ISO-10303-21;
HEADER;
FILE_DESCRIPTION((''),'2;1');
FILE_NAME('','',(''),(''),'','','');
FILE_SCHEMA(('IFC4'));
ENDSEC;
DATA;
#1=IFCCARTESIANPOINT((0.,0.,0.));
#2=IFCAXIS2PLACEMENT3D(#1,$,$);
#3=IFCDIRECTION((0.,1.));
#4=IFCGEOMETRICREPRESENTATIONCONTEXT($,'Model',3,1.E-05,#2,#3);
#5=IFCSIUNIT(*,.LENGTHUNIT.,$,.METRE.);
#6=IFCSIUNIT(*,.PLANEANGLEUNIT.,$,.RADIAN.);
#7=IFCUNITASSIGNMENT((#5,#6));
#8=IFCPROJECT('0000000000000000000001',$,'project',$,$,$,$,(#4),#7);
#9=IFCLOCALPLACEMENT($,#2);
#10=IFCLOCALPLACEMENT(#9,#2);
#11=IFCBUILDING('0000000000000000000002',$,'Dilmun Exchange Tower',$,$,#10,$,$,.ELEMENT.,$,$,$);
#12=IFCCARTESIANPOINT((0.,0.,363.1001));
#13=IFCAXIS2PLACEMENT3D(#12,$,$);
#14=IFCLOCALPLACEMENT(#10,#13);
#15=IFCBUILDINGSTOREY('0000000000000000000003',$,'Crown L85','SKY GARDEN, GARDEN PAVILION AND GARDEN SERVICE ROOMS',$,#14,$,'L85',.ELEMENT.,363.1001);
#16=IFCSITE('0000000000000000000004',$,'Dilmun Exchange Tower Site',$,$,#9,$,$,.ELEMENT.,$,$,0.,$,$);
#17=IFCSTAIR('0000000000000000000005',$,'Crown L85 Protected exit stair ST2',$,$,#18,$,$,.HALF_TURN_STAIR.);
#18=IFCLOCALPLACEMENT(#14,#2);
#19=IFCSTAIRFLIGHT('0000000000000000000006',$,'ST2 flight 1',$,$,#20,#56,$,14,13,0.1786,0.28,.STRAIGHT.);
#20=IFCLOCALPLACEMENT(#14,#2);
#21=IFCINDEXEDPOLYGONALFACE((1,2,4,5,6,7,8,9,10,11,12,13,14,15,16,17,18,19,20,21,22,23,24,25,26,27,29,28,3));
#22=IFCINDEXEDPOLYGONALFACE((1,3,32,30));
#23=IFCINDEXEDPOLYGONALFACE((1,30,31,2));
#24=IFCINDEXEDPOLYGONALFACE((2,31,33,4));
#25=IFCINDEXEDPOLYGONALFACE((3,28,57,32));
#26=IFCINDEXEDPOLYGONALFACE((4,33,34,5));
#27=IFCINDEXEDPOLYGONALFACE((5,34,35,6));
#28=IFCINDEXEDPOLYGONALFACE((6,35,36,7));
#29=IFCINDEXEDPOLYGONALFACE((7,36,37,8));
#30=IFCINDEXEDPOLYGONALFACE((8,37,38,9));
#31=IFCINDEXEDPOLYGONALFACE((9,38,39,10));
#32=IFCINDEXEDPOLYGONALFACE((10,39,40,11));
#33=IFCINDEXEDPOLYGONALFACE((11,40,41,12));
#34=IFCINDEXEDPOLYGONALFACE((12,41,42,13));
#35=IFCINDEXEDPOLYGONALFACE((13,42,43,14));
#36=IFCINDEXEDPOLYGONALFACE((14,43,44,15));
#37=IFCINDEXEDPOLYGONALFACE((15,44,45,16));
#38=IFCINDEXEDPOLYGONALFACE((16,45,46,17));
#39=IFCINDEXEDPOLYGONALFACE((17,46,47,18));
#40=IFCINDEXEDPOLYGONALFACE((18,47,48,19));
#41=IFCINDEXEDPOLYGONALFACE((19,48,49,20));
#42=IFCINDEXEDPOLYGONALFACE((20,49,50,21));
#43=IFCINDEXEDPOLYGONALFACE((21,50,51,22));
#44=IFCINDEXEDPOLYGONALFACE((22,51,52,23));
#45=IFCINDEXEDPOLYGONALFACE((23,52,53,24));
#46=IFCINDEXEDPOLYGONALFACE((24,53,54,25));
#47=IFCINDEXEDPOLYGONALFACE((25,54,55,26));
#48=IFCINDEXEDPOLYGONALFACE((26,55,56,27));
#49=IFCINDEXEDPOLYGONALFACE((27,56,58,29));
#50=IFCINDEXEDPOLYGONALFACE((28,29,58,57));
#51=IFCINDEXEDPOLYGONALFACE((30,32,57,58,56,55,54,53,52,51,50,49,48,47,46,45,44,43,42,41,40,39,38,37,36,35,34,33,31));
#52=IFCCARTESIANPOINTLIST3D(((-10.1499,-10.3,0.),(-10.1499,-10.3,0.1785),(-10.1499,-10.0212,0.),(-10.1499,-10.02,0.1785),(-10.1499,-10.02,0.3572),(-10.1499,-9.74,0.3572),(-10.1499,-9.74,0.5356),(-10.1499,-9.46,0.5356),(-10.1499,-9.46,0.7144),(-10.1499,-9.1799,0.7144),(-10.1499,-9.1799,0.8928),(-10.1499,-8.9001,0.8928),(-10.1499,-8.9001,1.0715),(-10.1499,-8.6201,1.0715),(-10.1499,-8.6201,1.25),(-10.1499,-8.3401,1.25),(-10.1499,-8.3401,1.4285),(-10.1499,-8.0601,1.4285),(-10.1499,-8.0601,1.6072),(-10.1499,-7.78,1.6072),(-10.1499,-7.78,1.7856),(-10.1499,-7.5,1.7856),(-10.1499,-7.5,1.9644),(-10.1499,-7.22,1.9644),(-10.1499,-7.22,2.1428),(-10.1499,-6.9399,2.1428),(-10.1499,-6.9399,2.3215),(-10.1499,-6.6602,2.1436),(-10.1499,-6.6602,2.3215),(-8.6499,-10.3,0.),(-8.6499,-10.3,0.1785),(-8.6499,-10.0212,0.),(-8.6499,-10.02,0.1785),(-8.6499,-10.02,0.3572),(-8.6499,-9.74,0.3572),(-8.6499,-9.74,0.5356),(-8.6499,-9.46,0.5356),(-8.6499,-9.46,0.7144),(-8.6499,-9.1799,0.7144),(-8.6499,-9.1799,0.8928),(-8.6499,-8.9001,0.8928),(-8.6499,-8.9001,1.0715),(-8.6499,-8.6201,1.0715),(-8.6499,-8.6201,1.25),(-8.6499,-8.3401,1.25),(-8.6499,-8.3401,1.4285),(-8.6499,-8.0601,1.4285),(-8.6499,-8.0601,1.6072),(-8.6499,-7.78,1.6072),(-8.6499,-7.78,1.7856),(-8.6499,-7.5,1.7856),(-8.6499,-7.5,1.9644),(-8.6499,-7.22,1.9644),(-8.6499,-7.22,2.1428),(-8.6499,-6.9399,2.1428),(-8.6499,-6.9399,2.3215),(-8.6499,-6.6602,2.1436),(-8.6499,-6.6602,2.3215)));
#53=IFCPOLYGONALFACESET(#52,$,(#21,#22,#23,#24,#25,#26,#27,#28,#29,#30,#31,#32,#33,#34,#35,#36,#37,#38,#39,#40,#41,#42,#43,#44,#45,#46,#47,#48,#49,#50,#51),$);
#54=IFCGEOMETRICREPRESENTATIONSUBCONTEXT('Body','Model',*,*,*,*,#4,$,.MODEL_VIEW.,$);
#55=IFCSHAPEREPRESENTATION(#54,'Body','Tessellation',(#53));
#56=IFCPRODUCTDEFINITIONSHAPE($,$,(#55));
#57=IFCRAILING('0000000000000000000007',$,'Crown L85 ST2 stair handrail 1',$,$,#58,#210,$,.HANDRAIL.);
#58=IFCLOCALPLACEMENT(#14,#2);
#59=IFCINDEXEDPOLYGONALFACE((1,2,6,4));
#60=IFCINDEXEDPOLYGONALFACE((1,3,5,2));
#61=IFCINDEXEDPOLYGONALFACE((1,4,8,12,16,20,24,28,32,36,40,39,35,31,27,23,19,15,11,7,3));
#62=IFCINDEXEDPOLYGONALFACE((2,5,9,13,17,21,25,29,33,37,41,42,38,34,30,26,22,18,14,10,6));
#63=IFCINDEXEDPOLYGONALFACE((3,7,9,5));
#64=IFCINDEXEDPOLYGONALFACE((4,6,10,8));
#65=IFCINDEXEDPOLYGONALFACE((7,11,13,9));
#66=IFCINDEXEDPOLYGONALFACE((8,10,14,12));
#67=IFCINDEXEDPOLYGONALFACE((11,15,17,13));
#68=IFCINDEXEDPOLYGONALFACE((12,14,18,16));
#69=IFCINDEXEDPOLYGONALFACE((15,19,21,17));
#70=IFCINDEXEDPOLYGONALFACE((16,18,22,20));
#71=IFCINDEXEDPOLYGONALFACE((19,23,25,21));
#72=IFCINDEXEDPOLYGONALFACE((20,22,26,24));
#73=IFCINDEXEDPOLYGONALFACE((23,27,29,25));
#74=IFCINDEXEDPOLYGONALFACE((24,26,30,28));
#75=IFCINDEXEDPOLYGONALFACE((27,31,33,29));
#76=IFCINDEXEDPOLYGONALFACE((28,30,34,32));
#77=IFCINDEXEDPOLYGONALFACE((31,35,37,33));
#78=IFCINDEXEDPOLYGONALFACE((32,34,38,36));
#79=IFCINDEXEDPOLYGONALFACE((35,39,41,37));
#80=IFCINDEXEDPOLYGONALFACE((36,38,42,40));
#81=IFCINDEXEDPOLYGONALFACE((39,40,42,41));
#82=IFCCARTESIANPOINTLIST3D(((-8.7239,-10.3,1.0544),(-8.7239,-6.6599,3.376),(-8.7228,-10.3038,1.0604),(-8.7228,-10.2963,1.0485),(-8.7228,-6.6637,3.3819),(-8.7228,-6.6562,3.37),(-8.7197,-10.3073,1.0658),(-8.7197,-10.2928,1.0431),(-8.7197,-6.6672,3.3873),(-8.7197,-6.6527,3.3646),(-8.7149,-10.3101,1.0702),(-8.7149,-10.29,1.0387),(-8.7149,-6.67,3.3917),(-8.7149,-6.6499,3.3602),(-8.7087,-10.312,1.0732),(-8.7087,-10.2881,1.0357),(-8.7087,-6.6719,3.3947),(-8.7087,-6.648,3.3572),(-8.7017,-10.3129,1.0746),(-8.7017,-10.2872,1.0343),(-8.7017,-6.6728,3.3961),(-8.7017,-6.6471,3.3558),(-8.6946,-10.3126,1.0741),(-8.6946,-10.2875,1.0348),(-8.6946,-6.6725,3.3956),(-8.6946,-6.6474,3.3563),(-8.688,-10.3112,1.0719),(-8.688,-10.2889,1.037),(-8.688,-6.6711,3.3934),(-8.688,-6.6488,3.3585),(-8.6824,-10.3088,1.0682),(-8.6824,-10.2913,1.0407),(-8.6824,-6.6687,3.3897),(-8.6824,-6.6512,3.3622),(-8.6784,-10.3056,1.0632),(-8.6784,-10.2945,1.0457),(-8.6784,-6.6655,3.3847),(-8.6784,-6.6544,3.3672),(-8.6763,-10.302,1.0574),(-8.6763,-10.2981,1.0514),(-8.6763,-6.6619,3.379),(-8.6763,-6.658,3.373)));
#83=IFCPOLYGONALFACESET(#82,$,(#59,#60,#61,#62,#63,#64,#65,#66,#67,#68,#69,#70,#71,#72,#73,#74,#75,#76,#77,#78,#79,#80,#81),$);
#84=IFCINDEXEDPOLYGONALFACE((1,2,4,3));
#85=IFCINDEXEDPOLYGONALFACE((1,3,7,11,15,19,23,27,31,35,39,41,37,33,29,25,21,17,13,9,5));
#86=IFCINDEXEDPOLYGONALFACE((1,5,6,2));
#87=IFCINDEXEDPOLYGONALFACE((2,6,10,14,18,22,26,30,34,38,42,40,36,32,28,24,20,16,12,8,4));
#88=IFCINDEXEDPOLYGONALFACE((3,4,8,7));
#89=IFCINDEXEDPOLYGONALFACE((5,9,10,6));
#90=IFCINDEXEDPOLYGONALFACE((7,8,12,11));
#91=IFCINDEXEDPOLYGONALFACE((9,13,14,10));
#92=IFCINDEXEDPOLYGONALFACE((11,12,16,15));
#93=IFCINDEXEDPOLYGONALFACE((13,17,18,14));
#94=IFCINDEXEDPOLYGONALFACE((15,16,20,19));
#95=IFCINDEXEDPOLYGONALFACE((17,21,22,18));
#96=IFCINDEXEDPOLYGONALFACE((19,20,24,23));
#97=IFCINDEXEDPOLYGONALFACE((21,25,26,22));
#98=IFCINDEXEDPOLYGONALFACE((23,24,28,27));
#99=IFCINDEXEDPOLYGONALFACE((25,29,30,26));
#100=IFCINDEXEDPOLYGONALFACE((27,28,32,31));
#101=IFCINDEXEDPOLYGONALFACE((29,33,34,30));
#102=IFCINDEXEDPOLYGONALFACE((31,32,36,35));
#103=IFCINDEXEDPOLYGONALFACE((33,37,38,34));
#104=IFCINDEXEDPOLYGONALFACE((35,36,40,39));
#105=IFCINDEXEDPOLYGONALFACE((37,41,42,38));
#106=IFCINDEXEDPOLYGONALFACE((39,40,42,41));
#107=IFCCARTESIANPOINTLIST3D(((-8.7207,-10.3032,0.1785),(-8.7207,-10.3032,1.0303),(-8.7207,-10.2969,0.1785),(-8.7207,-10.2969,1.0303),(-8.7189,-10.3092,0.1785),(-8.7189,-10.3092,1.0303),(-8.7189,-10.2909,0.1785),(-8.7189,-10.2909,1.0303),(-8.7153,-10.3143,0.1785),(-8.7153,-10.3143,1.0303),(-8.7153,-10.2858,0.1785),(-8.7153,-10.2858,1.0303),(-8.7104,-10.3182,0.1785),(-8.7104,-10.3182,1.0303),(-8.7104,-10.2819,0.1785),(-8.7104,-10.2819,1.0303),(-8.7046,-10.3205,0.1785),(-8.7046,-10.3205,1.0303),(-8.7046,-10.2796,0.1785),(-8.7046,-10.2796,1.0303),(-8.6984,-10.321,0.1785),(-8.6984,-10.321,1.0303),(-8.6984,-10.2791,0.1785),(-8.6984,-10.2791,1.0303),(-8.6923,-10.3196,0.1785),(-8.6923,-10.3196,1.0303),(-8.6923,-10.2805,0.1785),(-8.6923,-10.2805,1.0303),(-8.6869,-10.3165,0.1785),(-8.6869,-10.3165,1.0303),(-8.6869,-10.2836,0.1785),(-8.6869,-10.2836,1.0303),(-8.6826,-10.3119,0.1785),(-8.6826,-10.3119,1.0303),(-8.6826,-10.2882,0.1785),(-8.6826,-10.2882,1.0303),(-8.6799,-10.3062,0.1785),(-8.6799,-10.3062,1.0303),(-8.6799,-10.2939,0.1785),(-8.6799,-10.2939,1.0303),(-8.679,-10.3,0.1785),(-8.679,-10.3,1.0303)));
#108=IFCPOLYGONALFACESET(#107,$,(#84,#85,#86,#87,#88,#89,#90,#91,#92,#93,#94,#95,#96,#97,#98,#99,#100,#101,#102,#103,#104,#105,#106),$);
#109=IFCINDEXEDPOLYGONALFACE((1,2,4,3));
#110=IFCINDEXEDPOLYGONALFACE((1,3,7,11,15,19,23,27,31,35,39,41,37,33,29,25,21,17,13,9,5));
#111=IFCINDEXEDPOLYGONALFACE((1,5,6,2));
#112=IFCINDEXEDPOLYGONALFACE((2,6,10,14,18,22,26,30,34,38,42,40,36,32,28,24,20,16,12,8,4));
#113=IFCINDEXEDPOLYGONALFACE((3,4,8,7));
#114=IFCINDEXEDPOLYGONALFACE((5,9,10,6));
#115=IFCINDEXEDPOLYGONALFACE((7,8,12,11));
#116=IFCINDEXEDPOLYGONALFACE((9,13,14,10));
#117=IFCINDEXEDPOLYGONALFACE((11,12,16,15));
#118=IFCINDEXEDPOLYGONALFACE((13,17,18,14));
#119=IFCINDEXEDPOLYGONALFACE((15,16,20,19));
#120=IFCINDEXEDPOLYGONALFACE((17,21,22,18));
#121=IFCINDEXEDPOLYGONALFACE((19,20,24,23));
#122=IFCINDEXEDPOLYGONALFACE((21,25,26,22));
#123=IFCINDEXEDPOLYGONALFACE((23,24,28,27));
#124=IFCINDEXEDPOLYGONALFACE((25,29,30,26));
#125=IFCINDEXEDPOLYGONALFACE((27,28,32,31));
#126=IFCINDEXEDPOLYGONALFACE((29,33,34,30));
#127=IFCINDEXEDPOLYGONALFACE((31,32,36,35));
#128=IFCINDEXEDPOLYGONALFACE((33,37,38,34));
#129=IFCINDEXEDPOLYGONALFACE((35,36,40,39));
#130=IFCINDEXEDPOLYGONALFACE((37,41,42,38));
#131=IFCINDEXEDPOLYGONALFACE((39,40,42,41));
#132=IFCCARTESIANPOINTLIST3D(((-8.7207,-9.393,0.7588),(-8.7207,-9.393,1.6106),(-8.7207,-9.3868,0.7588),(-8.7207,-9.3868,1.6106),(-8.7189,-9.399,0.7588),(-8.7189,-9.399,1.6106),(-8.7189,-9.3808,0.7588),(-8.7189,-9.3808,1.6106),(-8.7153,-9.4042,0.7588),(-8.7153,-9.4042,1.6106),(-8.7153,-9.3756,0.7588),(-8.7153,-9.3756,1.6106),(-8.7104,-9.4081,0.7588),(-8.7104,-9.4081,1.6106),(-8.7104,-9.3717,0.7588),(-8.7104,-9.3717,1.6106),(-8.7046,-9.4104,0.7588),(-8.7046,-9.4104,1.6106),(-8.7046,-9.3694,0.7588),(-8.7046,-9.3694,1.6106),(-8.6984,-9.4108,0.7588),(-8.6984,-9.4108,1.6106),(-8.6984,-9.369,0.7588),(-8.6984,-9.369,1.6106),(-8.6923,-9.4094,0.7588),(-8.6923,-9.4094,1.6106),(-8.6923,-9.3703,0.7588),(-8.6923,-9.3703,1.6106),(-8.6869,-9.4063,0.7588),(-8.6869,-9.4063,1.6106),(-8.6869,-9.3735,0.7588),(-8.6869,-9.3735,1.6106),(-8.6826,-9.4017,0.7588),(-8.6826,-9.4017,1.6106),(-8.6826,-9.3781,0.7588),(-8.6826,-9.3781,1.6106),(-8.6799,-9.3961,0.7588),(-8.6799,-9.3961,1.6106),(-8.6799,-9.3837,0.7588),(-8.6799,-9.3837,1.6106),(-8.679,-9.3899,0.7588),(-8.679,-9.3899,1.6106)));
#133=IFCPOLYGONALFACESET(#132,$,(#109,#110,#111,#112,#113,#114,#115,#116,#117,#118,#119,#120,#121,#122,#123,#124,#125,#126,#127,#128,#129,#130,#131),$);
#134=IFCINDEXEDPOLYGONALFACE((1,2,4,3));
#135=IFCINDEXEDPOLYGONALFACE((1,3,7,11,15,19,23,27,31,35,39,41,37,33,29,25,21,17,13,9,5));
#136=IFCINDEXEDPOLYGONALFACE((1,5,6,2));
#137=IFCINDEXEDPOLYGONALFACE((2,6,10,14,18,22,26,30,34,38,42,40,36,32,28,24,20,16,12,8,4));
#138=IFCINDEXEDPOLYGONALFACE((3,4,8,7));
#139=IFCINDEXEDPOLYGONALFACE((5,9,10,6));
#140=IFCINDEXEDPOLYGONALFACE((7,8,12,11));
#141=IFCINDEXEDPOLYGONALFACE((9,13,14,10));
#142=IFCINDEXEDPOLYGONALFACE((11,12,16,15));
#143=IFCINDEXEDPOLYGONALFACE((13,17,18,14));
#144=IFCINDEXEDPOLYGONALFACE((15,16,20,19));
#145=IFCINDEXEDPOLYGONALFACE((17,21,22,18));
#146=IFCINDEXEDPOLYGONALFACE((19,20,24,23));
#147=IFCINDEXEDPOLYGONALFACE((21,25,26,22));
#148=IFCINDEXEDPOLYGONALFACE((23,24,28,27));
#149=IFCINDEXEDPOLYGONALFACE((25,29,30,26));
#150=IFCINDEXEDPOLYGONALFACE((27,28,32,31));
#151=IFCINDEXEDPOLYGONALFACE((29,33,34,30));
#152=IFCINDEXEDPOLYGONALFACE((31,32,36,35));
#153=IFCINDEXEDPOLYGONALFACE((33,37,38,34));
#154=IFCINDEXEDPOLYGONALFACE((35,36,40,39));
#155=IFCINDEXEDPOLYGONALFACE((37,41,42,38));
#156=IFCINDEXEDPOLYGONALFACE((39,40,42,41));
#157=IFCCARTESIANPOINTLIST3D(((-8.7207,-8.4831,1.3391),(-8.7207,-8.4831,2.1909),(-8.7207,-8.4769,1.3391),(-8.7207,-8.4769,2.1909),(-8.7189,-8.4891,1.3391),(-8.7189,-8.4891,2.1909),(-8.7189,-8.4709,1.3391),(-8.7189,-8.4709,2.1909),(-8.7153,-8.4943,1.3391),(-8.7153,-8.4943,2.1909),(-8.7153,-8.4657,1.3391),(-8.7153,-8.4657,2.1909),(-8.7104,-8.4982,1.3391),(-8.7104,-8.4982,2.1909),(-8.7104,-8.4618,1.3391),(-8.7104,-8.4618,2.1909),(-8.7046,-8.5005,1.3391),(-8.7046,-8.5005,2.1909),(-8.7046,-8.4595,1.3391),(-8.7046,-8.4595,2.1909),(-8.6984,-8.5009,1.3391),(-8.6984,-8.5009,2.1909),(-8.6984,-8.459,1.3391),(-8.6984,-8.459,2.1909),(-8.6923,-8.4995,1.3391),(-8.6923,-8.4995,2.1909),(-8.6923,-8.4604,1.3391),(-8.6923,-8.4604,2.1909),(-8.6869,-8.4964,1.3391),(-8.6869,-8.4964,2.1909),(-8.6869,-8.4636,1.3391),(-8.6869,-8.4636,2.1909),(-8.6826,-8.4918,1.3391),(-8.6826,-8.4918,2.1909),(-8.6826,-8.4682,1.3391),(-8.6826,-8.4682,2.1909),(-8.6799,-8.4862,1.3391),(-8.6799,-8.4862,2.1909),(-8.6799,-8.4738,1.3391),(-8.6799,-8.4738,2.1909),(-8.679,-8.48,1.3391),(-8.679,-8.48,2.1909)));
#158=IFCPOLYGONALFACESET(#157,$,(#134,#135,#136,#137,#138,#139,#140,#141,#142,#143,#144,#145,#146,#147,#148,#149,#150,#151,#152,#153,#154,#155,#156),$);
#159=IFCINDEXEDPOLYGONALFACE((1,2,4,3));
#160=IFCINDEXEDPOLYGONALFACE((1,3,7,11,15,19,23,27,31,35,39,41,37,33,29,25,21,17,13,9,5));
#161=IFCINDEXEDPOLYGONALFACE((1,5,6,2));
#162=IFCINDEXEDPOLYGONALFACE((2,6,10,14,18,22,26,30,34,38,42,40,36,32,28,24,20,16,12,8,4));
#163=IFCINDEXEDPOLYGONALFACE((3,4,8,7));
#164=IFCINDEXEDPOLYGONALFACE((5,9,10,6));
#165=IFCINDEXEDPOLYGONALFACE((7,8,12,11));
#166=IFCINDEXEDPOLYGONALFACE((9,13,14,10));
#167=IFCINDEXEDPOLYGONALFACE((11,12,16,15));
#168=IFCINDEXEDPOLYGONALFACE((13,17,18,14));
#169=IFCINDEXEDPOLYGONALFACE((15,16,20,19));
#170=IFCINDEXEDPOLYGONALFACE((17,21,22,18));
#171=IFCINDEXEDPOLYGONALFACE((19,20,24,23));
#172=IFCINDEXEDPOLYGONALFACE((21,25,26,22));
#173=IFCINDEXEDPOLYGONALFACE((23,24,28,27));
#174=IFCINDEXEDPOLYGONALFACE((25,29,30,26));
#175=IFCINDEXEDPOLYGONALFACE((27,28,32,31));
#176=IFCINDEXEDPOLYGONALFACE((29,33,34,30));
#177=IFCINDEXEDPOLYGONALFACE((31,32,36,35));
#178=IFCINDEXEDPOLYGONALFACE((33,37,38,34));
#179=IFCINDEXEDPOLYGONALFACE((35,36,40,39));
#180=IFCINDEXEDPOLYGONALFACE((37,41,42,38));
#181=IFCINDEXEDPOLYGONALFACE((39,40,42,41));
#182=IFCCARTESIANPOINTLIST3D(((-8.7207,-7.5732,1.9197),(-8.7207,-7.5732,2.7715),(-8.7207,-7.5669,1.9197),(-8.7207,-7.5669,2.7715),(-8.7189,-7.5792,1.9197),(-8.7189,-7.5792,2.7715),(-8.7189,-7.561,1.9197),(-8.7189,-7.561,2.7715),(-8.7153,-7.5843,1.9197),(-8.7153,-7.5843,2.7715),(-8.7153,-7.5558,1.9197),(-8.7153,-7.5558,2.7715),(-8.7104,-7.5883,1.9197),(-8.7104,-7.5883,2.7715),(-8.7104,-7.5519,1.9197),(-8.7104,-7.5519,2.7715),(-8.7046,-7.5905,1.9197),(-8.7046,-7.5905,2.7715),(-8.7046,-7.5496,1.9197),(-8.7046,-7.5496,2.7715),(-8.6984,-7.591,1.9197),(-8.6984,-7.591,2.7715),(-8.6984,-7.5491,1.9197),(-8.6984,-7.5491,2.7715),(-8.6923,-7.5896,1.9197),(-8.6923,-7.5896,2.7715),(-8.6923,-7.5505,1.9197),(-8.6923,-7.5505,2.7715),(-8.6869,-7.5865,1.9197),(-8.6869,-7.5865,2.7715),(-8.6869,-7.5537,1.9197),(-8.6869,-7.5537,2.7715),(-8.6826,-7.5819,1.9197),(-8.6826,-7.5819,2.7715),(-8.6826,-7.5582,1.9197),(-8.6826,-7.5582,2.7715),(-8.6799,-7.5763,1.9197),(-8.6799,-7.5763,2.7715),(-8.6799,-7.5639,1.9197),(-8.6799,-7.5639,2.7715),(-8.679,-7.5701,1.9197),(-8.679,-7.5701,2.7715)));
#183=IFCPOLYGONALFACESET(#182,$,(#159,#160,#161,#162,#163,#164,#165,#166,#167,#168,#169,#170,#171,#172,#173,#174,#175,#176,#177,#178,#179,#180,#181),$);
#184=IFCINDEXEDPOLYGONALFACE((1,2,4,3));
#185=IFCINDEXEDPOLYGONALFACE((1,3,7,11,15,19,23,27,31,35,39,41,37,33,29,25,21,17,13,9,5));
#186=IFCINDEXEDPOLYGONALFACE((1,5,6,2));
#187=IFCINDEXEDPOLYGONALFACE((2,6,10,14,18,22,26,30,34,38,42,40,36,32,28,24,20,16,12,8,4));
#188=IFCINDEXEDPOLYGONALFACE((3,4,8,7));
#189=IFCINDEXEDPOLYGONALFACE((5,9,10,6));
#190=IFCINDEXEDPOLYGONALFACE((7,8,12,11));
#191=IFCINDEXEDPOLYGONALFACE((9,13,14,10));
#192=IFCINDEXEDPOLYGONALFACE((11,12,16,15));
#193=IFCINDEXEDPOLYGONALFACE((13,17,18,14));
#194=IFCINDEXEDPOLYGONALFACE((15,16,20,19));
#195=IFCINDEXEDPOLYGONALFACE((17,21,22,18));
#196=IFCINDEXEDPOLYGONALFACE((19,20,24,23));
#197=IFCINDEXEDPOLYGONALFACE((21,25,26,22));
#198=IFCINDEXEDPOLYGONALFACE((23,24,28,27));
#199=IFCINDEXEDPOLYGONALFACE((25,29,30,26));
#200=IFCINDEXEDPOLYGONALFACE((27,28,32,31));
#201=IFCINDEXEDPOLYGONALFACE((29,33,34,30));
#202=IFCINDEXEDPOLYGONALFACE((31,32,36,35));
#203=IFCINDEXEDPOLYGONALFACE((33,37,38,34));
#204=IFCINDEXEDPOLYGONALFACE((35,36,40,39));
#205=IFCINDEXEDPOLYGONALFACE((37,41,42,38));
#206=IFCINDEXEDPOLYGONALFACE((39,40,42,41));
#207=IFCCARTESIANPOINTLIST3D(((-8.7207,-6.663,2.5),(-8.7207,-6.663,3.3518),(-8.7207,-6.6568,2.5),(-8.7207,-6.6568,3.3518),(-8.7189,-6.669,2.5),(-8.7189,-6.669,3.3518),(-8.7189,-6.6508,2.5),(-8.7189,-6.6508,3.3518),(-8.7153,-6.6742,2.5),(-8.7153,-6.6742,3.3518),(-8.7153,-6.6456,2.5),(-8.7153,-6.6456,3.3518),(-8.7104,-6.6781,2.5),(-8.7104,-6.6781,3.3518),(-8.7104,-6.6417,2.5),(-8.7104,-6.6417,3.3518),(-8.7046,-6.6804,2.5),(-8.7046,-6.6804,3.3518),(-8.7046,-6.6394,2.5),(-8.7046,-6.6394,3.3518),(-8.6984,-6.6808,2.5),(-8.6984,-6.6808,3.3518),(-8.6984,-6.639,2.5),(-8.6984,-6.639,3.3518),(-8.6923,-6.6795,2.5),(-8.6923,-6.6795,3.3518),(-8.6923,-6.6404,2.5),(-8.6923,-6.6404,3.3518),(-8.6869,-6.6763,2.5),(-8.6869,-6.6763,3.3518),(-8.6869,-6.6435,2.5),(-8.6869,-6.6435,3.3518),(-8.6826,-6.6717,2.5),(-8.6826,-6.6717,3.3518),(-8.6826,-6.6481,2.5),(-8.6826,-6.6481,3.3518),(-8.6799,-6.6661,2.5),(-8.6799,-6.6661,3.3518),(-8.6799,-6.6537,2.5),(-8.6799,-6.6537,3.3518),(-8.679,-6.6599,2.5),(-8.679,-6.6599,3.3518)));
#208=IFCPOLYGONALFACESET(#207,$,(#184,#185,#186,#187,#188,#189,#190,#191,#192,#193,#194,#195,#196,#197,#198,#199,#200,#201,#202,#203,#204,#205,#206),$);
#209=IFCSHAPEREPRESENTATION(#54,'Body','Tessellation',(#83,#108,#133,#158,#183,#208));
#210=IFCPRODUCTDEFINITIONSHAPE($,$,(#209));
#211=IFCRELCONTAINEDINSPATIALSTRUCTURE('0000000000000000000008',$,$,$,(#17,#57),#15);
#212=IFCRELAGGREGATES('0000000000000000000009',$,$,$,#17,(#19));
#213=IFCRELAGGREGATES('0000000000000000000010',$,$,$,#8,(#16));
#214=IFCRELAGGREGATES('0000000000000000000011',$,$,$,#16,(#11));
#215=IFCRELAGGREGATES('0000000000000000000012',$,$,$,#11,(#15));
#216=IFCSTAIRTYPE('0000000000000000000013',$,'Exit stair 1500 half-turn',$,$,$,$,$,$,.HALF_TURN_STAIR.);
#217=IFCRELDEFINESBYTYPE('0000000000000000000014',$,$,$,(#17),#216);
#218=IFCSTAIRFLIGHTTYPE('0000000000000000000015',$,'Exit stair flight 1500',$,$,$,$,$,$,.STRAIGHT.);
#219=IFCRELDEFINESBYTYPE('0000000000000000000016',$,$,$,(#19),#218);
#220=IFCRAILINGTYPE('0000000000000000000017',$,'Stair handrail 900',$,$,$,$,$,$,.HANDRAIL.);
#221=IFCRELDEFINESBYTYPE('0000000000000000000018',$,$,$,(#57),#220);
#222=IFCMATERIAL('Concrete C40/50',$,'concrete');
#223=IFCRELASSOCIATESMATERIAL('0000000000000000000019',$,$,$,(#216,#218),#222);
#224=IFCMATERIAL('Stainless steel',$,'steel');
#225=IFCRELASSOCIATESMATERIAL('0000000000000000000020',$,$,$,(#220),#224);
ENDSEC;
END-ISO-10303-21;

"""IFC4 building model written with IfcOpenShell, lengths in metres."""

from ifc_helpers import new_model, si_unit, direction, frame, origin, origin_2d, place, context, subcontext, project, spatial, polyline, circle, outline, extrude, material, type_object, element, aggregate, save


model = new_model("IFC4")

# Units and contexts
model_context = context("Model", 3, precision=1e-05, world=origin(), true_north=direction((0.0, 1.0)))
body_context = subcontext(model_context, "Body", "Model", "MODEL_VIEW")
ifc_project = project(units=[si_unit("LENGTHUNIT", "METRE"), si_unit("PLANEANGLEUNIT", "RADIAN")], contexts=[model_context])

# Site, building, storey
site_placement = place(None, origin())
site = spatial("IfcSite", under=ifc_project, at=site_placement, Name="Dilmun Exchange Tower Site", CompositionType="ELEMENT", RefElevation=0.0)
building_placement = place(site_placement, origin())
building = spatial("IfcBuilding", under=site, at=building_placement, Name="Dilmun Exchange Tower", CompositionType="ELEMENT")
storey_placement = place(building_placement, frame((0.0, 0.0, 363.1001)))
storey = spatial("IfcBuildingStorey", under=building, at=storey_placement, Name="Crown L85", Description="SKY GARDEN, GARDEN PAVILION AND GARDEN SERVICE ROOMS", LongName="L85", CompositionType="ELEMENT", Elevation=363.1001)

# Shared definitions
ifc_material_1 = material(Name="Concrete C40/50", Category="concrete")

# Stair, stair flight
stair_type = type_object("IfcStairType", Name="Exit stair 1500 half-turn", PredefinedType="HALF_TURN_STAIR", material=ifc_material_1)
stair_placement = place(storey_placement, origin())
stair = element("IfcStair", 1, at=stair_placement, inside=storey, type_object=stair_type, Name="Crown L85 Protected exit stair ST2", PredefinedType="HALF_TURN_STAIR")
stair_flight_type = type_object("IfcStairFlightType", Name="Exit stair flight 1500", PredefinedType="STRAIGHT", material=ifc_material_1)
stair_flight_placement = place(storey_placement, frame((-9.3999, -10.3, 0.0), z_axis=(0.0, 0.0, 1.0), x_axis=(0.0, 1.0, 0.0)))
stair_flight = element("IfcStairFlight", 2, at=stair_flight_placement, type_object=stair_flight_type, Name="ST2 flight 1", NumberOfRisers=14, NumberOfTreads=13, PredefinedType="STRAIGHT", RiserHeight=0.1786, TreadLength=0.28, context=body_context, shape_type="SweptSolid", body=[
    extrude(outline(polyline([(0.0, 0.0), (0.0, 0.1785), (0.28, 0.1785), (0.28, 0.3572), (0.5601, 0.3572), (0.5601, 0.5356), (0.8401, 0.5356), (0.8401, 0.7144), (1.1201, 0.7144), (1.1201, 0.8928), (1.3999, 0.8928), (1.3999, 1.0715), (1.6799, 1.0715), (1.6799, 1.25), (1.96, 1.25), (1.96, 1.4285), (2.24, 1.4285), (2.24, 1.6072), (2.52, 1.6072), (2.52, 1.7856), (2.8, 1.7856), (2.8, 1.9644), (3.0801, 1.9644), (3.0801, 2.1428), (3.3601, 2.1428), (3.3601, 2.3215), (3.6399, 2.3215), (3.6399, 2.5), (3.6399, 2.1436), (0.2788, 0.0), (0.0, 0.0)])), frame((0.0, 0.75, 0.0), z_axis=(0.0, -1.0, 0.0), x_axis=(1.0, 0.0, 0.0)), (0.0, 0.0, 1.0), 1.5),
])
aggregate(stair, [stair_flight])

# Railing
ifc_material_2 = material(Name="Stainless steel", Category="steel")
railing_type = type_object("IfcRailingType", Name="Stair handrail 900", PredefinedType="HANDRAIL", material=ifc_material_2)
railing_placement = place(storey_placement, frame((-8.7, -10.3, 0.1785)))
element("IfcRailing", 3, at=railing_placement, inside=storey, type_object=railing_type, Name="Crown L85 ST2 stair handrail 1", PredefinedType="HANDRAIL", context=body_context, shape_type="SweptSolid", body=[
    extrude(circle(Radius=0.0239, at=origin_2d()), frame((0.0, 0.0, 0.876), z_axis=(0.0, 0.843128, 0.537713), x_axis=(-1.0, 0.0, 0.0)), (0.0, 0.0, 1.0), 4.3174),
    extrude(circle(Radius=0.021, at=origin_2d()), origin(), (0.0, 0.0, 1.0), 0.8518),
    extrude(circle(Radius=0.021, at=origin_2d()), frame((0.0, 0.9102, 0.5803)), (0.0, 0.0, 1.0), 0.8518),
    extrude(circle(Radius=0.021, at=origin_2d()), frame((0.0, 1.8201, 1.1606)), (0.0, 0.0, 1.0), 0.8518),
    extrude(circle(Radius=0.021, at=origin_2d()), frame((0.0, 2.73, 1.7412)), (0.0, 0.0, 1.0), 0.8518),
    extrude(circle(Radius=0.021, at=origin_2d()), frame((0.0, 3.6401, 2.3215)), (0.0, 0.0, 1.0), 0.8518),
])

save(model, "model.ifc")
